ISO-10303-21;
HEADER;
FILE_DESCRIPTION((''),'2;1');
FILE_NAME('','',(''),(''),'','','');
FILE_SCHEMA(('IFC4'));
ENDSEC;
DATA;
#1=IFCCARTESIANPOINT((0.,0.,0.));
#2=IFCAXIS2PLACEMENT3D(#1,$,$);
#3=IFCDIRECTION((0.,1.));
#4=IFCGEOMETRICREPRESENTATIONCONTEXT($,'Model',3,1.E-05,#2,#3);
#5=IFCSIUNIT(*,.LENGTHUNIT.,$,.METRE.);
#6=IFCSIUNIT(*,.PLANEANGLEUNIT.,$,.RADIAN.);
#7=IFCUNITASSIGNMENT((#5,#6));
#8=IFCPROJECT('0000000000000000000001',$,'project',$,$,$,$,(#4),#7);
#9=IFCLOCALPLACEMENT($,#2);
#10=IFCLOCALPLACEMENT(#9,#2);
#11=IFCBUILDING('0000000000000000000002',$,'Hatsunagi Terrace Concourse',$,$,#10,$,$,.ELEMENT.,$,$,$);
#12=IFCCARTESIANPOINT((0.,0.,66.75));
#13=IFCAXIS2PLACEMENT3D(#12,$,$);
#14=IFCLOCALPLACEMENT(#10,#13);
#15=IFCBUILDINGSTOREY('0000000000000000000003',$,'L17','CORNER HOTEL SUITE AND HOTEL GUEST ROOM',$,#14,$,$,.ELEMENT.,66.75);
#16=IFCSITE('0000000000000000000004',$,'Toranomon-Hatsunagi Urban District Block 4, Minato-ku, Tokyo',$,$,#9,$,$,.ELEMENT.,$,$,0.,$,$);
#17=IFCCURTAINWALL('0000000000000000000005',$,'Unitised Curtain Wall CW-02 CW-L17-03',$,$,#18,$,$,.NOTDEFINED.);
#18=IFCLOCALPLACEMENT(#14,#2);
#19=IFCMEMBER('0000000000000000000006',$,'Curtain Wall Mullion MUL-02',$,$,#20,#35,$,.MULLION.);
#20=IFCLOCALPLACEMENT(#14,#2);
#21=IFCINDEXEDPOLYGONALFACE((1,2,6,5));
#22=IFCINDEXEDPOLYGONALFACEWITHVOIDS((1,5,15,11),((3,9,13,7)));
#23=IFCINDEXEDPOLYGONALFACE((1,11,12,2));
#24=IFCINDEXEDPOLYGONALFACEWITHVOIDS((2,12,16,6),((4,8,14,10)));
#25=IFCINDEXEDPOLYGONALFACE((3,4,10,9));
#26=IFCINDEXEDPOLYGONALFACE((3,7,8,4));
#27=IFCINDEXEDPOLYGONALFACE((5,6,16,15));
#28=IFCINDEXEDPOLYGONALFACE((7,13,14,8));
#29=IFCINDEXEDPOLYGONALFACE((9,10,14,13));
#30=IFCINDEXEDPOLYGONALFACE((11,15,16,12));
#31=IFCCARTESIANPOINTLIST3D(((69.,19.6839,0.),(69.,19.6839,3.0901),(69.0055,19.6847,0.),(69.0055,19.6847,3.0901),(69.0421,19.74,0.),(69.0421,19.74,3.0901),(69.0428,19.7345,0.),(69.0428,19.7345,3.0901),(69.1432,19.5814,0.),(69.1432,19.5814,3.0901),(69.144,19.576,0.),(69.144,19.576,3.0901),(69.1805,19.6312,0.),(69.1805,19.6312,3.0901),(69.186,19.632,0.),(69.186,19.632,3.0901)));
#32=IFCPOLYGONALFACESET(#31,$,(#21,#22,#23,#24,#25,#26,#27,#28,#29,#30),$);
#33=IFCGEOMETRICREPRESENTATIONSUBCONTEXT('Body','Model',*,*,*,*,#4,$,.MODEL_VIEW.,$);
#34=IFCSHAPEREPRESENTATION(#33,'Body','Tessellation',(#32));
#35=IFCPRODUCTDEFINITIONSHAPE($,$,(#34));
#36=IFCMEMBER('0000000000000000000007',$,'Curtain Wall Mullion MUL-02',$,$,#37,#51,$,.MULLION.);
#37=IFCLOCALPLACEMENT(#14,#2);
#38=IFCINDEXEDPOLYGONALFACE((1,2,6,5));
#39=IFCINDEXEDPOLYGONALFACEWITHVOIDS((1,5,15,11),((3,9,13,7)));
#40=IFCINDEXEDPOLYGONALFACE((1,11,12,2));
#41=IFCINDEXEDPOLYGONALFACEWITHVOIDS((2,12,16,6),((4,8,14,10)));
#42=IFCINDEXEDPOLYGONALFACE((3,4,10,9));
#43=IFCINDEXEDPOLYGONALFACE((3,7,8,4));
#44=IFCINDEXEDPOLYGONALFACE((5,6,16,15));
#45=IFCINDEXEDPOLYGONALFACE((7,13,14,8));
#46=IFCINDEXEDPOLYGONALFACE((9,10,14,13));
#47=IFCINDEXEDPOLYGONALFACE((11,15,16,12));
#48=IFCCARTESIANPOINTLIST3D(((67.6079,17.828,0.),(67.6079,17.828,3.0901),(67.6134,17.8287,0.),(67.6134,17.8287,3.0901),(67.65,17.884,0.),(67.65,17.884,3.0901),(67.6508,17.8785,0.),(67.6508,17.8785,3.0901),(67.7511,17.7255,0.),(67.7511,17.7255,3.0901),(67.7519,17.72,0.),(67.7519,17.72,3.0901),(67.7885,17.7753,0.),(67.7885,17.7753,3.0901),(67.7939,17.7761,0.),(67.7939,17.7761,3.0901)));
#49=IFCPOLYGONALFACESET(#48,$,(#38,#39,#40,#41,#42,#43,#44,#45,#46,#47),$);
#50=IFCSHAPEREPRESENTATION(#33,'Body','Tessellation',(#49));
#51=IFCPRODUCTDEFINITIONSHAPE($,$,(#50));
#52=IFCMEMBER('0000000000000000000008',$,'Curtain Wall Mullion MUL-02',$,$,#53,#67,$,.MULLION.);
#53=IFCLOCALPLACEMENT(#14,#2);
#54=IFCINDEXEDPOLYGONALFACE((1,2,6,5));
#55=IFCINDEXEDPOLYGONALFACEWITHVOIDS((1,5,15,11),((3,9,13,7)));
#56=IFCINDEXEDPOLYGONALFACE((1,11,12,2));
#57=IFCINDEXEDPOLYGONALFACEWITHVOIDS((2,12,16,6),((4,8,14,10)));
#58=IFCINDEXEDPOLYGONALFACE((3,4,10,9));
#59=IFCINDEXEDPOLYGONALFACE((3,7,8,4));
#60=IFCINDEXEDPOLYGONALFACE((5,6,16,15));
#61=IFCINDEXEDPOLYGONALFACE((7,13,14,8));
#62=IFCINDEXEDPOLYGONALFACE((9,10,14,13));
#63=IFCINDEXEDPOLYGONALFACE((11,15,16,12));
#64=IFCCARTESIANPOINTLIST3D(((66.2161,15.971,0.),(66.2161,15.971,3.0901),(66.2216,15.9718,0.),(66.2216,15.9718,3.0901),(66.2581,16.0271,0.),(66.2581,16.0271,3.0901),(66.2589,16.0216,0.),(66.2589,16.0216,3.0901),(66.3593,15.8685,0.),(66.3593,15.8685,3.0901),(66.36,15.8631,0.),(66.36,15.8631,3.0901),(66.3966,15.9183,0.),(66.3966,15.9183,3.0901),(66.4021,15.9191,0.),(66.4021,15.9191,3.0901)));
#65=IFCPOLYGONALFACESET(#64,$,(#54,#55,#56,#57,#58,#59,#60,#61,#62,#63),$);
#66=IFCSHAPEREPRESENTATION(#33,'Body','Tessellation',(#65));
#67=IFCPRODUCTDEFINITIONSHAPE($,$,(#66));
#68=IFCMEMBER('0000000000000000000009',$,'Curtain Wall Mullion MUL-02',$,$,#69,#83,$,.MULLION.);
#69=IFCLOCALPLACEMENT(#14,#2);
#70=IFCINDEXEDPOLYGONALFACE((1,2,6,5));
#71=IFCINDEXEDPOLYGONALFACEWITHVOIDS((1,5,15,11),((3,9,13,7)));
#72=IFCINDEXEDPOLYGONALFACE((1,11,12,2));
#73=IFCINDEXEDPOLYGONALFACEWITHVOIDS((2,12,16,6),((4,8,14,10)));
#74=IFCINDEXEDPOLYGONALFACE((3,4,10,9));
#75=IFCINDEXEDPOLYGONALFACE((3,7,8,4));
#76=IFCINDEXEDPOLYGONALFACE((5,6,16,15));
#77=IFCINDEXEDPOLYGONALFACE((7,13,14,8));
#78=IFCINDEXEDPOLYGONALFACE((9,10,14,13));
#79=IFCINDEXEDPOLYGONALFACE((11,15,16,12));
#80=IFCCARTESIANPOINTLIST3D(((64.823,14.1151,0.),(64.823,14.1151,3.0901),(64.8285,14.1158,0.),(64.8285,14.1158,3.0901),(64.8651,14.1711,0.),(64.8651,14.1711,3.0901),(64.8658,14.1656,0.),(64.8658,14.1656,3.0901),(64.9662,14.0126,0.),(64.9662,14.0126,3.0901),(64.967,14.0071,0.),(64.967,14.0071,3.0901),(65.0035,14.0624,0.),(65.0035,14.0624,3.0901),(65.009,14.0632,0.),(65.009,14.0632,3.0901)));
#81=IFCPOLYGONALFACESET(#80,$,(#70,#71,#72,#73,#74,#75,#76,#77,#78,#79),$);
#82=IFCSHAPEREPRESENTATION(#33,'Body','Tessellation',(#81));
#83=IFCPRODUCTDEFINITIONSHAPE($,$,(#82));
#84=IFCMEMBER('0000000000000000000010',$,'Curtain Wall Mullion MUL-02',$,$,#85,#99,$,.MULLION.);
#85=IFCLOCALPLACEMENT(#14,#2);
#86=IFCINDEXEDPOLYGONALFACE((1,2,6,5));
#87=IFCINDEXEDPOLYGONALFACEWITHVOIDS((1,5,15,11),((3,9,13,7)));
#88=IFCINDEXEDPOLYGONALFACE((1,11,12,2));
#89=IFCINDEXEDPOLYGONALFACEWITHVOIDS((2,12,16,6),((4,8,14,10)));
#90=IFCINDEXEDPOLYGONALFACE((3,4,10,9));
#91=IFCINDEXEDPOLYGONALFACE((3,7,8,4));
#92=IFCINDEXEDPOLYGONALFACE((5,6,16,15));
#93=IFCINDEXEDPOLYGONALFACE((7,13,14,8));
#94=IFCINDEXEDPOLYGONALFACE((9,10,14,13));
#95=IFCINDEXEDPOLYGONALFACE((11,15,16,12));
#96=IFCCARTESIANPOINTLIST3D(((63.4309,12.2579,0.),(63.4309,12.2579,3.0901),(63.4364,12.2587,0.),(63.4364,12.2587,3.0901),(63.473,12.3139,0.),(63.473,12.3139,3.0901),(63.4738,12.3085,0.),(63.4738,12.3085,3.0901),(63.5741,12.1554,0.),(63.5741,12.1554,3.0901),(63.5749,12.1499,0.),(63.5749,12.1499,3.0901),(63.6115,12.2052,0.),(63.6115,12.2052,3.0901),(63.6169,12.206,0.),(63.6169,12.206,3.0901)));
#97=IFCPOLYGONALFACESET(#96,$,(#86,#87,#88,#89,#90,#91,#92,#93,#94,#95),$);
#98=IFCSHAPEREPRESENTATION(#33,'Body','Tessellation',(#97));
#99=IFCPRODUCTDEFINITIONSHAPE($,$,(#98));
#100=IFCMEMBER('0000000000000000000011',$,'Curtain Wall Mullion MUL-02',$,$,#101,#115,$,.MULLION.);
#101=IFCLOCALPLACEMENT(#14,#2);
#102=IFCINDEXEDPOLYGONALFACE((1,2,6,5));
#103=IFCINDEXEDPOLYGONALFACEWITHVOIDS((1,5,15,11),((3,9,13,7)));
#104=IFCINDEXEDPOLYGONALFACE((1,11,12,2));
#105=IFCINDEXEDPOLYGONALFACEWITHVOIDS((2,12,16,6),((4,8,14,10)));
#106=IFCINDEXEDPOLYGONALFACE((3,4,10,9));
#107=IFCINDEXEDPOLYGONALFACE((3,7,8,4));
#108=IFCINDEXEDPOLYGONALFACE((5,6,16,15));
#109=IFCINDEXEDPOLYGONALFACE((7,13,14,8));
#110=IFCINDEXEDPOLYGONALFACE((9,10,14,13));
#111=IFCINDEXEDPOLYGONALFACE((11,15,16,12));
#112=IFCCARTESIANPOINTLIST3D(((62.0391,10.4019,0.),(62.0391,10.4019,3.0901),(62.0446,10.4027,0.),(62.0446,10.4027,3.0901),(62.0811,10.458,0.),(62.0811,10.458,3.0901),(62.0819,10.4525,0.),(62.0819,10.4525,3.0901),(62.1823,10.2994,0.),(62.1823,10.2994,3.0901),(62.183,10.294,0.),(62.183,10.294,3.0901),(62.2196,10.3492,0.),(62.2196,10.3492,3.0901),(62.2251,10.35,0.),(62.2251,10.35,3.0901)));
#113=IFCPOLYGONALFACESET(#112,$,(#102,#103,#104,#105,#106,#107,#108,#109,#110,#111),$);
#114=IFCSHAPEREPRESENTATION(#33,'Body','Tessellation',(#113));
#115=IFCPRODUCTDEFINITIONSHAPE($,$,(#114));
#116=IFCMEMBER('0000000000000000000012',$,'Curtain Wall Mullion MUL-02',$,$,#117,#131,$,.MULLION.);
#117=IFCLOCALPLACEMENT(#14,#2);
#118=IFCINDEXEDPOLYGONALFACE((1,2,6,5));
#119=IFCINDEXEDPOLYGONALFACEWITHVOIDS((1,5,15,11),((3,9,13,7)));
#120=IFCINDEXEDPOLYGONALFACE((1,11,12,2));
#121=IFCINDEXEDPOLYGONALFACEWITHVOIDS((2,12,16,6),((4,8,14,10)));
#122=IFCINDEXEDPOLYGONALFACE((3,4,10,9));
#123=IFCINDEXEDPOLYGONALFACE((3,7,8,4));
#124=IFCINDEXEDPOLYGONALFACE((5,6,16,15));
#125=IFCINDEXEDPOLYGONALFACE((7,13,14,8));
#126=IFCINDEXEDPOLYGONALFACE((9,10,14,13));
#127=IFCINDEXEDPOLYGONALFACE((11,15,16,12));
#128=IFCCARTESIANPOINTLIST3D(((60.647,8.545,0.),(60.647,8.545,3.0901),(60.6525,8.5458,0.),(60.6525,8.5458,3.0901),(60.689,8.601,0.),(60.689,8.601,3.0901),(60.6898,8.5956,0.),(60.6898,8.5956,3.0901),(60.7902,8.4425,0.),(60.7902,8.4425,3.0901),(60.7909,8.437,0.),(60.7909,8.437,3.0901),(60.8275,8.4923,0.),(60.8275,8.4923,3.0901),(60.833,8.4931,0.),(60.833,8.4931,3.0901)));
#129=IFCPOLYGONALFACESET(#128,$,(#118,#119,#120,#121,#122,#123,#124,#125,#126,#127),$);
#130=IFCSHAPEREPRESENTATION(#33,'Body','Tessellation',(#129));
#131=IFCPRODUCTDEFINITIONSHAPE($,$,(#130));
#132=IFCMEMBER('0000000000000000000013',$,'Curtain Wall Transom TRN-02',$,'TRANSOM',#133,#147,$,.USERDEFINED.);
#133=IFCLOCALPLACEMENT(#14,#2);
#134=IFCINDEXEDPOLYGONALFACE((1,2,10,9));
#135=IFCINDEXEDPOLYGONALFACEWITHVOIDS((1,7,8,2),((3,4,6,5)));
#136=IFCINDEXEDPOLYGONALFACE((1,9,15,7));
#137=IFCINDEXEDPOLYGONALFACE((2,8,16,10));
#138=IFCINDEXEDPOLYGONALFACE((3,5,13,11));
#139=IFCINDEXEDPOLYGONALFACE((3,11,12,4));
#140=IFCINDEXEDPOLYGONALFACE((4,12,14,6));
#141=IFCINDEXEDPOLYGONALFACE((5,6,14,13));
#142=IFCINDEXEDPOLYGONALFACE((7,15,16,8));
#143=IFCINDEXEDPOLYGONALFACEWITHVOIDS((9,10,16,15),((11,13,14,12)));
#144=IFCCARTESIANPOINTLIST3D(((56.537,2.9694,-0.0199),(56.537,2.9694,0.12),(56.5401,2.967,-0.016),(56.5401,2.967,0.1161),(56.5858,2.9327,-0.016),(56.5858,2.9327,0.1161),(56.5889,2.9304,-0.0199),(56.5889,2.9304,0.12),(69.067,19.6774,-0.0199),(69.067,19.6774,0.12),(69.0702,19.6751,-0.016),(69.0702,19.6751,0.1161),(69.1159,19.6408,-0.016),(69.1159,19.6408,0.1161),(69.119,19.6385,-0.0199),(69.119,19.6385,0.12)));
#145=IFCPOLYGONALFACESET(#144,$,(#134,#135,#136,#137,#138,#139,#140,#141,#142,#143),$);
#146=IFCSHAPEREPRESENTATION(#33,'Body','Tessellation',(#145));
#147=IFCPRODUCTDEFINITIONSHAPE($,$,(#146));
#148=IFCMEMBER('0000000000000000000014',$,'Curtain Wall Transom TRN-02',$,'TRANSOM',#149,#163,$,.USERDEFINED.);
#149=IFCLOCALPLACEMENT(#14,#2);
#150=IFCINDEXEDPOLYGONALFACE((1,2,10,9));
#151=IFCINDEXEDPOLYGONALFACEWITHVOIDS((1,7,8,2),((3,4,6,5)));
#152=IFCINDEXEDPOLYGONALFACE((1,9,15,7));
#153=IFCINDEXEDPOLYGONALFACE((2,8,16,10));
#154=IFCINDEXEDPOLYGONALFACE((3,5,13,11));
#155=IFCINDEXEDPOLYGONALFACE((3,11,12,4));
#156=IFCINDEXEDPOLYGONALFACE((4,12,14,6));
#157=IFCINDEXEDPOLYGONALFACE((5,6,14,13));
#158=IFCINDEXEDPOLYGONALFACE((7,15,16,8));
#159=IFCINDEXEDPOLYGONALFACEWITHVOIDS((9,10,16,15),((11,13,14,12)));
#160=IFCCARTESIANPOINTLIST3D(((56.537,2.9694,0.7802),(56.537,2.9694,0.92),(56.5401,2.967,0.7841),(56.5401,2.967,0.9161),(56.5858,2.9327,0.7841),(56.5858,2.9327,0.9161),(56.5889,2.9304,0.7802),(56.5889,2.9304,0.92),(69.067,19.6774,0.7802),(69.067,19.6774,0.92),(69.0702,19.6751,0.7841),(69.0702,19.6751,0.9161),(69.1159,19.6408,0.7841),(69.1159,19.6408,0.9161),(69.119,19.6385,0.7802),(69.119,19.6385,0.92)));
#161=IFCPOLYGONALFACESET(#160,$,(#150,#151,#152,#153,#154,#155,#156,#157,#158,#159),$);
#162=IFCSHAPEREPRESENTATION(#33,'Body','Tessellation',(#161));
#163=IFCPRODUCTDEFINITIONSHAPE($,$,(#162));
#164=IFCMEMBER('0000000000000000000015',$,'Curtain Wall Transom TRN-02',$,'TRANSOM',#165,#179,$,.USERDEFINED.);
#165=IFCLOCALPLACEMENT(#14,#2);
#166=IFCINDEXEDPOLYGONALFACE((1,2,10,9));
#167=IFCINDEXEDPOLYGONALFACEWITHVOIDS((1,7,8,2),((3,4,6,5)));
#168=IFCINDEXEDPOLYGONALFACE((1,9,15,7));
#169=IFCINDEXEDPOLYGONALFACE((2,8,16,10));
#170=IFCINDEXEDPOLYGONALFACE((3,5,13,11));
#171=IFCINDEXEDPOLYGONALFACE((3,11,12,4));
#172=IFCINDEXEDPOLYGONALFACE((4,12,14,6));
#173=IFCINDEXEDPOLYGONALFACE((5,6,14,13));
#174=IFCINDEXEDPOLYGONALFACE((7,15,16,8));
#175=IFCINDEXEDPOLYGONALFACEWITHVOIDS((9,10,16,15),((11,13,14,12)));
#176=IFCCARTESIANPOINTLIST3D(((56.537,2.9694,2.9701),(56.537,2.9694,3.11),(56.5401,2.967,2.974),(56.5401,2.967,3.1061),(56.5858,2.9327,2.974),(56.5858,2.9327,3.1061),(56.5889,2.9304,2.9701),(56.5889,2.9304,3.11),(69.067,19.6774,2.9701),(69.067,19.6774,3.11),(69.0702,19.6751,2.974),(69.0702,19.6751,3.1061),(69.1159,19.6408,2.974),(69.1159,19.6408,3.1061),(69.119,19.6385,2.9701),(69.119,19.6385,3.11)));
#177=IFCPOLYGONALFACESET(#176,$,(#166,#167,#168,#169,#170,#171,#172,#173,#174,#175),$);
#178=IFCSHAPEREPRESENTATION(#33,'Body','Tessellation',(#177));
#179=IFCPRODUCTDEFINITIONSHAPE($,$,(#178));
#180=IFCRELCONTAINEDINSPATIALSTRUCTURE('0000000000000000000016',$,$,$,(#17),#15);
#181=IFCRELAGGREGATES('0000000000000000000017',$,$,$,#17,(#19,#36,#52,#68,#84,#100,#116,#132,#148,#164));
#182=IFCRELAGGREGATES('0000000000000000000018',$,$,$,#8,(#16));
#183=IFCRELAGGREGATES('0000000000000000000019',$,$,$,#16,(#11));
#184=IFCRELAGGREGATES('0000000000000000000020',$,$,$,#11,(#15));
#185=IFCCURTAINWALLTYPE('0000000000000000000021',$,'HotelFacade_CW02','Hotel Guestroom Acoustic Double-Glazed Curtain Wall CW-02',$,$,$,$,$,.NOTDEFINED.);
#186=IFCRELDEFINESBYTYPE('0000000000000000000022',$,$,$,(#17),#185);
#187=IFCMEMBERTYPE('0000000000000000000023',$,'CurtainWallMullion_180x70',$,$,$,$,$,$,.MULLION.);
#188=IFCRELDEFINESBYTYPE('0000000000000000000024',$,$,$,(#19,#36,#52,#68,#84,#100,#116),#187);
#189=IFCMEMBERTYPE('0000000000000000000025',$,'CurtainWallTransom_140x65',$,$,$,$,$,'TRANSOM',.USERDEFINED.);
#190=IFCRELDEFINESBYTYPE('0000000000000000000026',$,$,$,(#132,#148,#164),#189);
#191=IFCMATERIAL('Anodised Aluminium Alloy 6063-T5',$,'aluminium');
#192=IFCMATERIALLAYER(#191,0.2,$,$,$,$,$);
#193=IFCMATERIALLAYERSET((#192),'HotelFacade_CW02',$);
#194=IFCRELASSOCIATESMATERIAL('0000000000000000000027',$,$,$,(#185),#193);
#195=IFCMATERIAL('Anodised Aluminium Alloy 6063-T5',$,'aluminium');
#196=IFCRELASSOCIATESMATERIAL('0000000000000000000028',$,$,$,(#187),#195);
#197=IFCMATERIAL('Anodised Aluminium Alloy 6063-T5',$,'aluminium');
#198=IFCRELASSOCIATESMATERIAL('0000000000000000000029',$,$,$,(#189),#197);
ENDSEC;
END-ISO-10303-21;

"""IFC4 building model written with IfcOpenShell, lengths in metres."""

from ifc_helpers import new_model, si_unit, direction, frame, origin, origin_2d, place, context, subcontext, project, spatial, hollow_rectangle, extrude, material, layer, layer_set, material_profile, profile_set, type_object, element, aggregate, save


model = new_model("IFC4")

# Units and contexts
model_context = context("Model", 3, precision=1e-05, world=origin(), true_north=direction((0.0, 1.0)))
body_context = subcontext(model_context, "Body", "Model", "MODEL_VIEW")
ifc_project = project(units=[si_unit("LENGTHUNIT", "METRE"), si_unit("PLANEANGLEUNIT", "RADIAN")], contexts=[model_context])

# Site, building, storey
site_placement = place(None, origin())
site = spatial("IfcSite", under=ifc_project, at=site_placement, Name="Toranomon-Hatsunagi Urban District Block 4, Minato-ku, Tokyo", CompositionType="ELEMENT", RefElevation=0.0)
building_placement = place(site_placement, origin())
building = spatial("IfcBuilding", under=site, at=building_placement, Name="Hatsunagi Terrace Concourse", CompositionType="ELEMENT")
storey_placement = place(building_placement, frame((0.0, 0.0, 66.75)))
storey = spatial("IfcBuildingStorey", under=building, at=storey_placement, Name="L17", Description="CORNER HOTEL SUITE AND HOTEL GUEST ROOM", CompositionType="ELEMENT", Elevation=66.75)

# Curtain wall, members
ifc_material_1 = material(Name="Anodised Aluminium Alloy 6063-T5", Category="aluminium")
ifc_layer_1 = layer(ifc_material_1, 0.2)
ifc_layer_set_1 = layer_set([ifc_layer_1], Name="HotelFacade_CW02")
curtain_wall_type = type_object("IfcCurtainWallType", Name="HotelFacade_CW02", Description="Hotel Guestroom Acoustic Double-Glazed Curtain Wall CW-02", PredefinedType="NOTDEFINED", material=ifc_layer_set_1)
curtain_wall_placement = place(storey_placement, origin())
curtain_wall = element("IfcCurtainWall", 1, at=curtain_wall_placement, inside=storey, type_object=curtain_wall_type, Name="Unitised Curtain Wall CW-02 CW-L17-03", PredefinedType="NOTDEFINED")
ifc_material_2 = material(Name="Anodised Aluminium Alloy 6063-T5", Category="aluminium")
ifc_material_profile_1 = material_profile(ifc_material_2, hollow_rectangle(XDim=0.0701, YDim=0.1799, WallThickness=0.0039, at=origin_2d()), Name="ALU-MUL-180x70x4")
ifc_profile_set_1 = profile_set([ifc_material_profile_1], Name="Anodised Aluminium Alloy 6063-T5")
member_type_1 = type_object("IfcMemberType", Name="CurtainWallMullion_180x70", PredefinedType="MULLION", material=ifc_profile_set_1)
member_1_placement = place(storey_placement, frame((69.093, 19.658, 0.0), z_axis=(0.0, 0.0, 1.0), x_axis=(-0.599969, -0.800023, 0.0)))
member_1 = element("IfcMember", 2, at=member_1_placement, type_object=member_type_1, Name="Curtain Wall Mullion MUL-02", PredefinedType="MULLION", context=body_context, shape_type="SweptSolid", body=[
    extrude(hollow_rectangle(XDim=0.0701, YDim=0.1799, WallThickness=0.0039, at=origin_2d()), origin(), (0.0, 0.0, 1.0), 3.0901),
])
member_2_placement = place(storey_placement, frame((67.7009, 17.802, 0.0), z_axis=(0.0, 0.0, 1.0), x_axis=(-0.599969, -0.800023, 0.0)))
member_2 = element("IfcMember", 3, at=member_2_placement, type_object=member_type_1, Name="Curtain Wall Mullion MUL-02", PredefinedType="MULLION", context=body_context, shape_type="SweptSolid", body=[
    extrude(hollow_rectangle(XDim=0.0701, YDim=0.1799, WallThickness=0.0039, at=origin_2d()), origin(), (0.0, 0.0, 1.0), 3.0901),
])
member_3_placement = place(storey_placement, frame((66.3091, 15.9451, 0.0), z_axis=(0.0, 0.0, 1.0), x_axis=(-0.599969, -0.800023, 0.0)))
member_3 = element("IfcMember", 4, at=member_3_placement, type_object=member_type_1, Name="Curtain Wall Mullion MUL-02", PredefinedType="MULLION", context=body_context, shape_type="SweptSolid", body=[
    extrude(hollow_rectangle(XDim=0.0701, YDim=0.1799, WallThickness=0.0039, at=origin_2d()), origin(), (0.0, 0.0, 1.0), 3.0901),
])
member_4_placement = place(storey_placement, frame((64.916, 14.0891, 0.0), z_axis=(0.0, 0.0, 1.0), x_axis=(-0.599969, -0.800023, 0.0)))
member_4 = element("IfcMember", 5, at=member_4_placement, type_object=member_type_1, Name="Curtain Wall Mullion MUL-02", PredefinedType="MULLION", context=body_context, shape_type="SweptSolid", body=[
    extrude(hollow_rectangle(XDim=0.0701, YDim=0.1799, WallThickness=0.0039, at=origin_2d()), origin(), (0.0, 0.0, 1.0), 3.0901),
])
member_5_placement = place(storey_placement, frame((63.5239, 12.2319, 0.0), z_axis=(0.0, 0.0, 1.0), x_axis=(-0.599969, -0.800023, 0.0)))
member_5 = element("IfcMember", 6, at=member_5_placement, type_object=member_type_1, Name="Curtain Wall Mullion MUL-02", PredefinedType="MULLION", context=body_context, shape_type="SweptSolid", body=[
    extrude(hollow_rectangle(XDim=0.0701, YDim=0.1799, WallThickness=0.0039, at=origin_2d()), origin(), (0.0, 0.0, 1.0), 3.0901),
])
member_6_placement = place(storey_placement, frame((62.1321, 10.376, 0.0), z_axis=(0.0, 0.0, 1.0), x_axis=(-0.599969, -0.800023, 0.0)))
member_6 = element("IfcMember", 7, at=member_6_placement, type_object=member_type_1, Name="Curtain Wall Mullion MUL-02", PredefinedType="MULLION", context=body_context, shape_type="SweptSolid", body=[
    extrude(hollow_rectangle(XDim=0.0701, YDim=0.1799, WallThickness=0.0039, at=origin_2d()), origin(), (0.0, 0.0, 1.0), 3.0901),
])
member_7_placement = place(storey_placement, frame((60.74, 8.519, 0.0), z_axis=(0.0, 0.0, 1.0), x_axis=(-0.599969, -0.800023, 0.0)))
member_7 = element("IfcMember", 8, at=member_7_placement, type_object=member_type_1, Name="Curtain Wall Mullion MUL-02", PredefinedType="MULLION", context=body_context, shape_type="SweptSolid", body=[
    extrude(hollow_rectangle(XDim=0.0701, YDim=0.1799, WallThickness=0.0039, at=origin_2d()), origin(), (0.0, 0.0, 1.0), 3.0901),
])
ifc_material_3 = material(Name="Anodised Aluminium Alloy 6063-T5", Category="aluminium")
ifc_material_profile_2 = material_profile(ifc_material_3, hollow_rectangle(XDim=0.0649, YDim=0.1399, WallThickness=0.0039, at=origin_2d()), Name="ALU-TRN-140x65x4")
ifc_profile_set_2 = profile_set([ifc_material_profile_2], Name="Anodised Aluminium Alloy 6063-T5")
member_type_2 = type_object("IfcMemberType", Name="CurtainWallTransom_140x65", ElementType="TRANSOM", PredefinedType="USERDEFINED", material=ifc_profile_set_2)
member_8_placement = place(storey_placement, frame((69.093, 19.658, 0.05), z_axis=(-0.59997, -0.800022, 0.0), x_axis=(0.800022, -0.59997, 0.0)))
member_8 = element("IfcMember", 9, at=member_8_placement, type_object=member_type_2, Name="Curtain Wall Transom TRN-02", ObjectType="TRANSOM", PredefinedType="USERDEFINED", context=body_context, shape_type="SweptSolid", body=[
    extrude(hollow_rectangle(XDim=0.0649, YDim=0.1399, WallThickness=0.0039, at=origin_2d()), origin(), (0.0, 0.0, 1.0), 20.8845),
])
member_9_placement = place(storey_placement, frame((69.093, 19.658, 0.8501), z_axis=(-0.59997, -0.800022, 0.0), x_axis=(0.800022, -0.59997, 0.0)))
member_9 = element("IfcMember", 10, at=member_9_placement, type_object=member_type_2, Name="Curtain Wall Transom TRN-02", ObjectType="TRANSOM", PredefinedType="USERDEFINED", context=body_context, shape_type="SweptSolid", body=[
    extrude(hollow_rectangle(XDim=0.0649, YDim=0.1399, WallThickness=0.0039, at=origin_2d()), origin(), (0.0, 0.0, 1.0), 20.8845),
])
member_10_placement = place(storey_placement, frame((69.093, 19.658, 3.04), z_axis=(-0.59997, -0.800022, 0.0), x_axis=(0.800022, -0.59997, 0.0)))
member_10 = element("IfcMember", 11, at=member_10_placement, type_object=member_type_2, Name="Curtain Wall Transom TRN-02", ObjectType="TRANSOM", PredefinedType="USERDEFINED", context=body_context, shape_type="SweptSolid", body=[
    extrude(hollow_rectangle(XDim=0.0649, YDim=0.1399, WallThickness=0.0039, at=origin_2d()), origin(), (0.0, 0.0, 1.0), 20.8845),
])

aggregate(curtain_wall, [member_1, member_2, member_3, member_4, member_5, member_6, member_7, member_8, member_9, member_10])

save(model, "model.ifc")
